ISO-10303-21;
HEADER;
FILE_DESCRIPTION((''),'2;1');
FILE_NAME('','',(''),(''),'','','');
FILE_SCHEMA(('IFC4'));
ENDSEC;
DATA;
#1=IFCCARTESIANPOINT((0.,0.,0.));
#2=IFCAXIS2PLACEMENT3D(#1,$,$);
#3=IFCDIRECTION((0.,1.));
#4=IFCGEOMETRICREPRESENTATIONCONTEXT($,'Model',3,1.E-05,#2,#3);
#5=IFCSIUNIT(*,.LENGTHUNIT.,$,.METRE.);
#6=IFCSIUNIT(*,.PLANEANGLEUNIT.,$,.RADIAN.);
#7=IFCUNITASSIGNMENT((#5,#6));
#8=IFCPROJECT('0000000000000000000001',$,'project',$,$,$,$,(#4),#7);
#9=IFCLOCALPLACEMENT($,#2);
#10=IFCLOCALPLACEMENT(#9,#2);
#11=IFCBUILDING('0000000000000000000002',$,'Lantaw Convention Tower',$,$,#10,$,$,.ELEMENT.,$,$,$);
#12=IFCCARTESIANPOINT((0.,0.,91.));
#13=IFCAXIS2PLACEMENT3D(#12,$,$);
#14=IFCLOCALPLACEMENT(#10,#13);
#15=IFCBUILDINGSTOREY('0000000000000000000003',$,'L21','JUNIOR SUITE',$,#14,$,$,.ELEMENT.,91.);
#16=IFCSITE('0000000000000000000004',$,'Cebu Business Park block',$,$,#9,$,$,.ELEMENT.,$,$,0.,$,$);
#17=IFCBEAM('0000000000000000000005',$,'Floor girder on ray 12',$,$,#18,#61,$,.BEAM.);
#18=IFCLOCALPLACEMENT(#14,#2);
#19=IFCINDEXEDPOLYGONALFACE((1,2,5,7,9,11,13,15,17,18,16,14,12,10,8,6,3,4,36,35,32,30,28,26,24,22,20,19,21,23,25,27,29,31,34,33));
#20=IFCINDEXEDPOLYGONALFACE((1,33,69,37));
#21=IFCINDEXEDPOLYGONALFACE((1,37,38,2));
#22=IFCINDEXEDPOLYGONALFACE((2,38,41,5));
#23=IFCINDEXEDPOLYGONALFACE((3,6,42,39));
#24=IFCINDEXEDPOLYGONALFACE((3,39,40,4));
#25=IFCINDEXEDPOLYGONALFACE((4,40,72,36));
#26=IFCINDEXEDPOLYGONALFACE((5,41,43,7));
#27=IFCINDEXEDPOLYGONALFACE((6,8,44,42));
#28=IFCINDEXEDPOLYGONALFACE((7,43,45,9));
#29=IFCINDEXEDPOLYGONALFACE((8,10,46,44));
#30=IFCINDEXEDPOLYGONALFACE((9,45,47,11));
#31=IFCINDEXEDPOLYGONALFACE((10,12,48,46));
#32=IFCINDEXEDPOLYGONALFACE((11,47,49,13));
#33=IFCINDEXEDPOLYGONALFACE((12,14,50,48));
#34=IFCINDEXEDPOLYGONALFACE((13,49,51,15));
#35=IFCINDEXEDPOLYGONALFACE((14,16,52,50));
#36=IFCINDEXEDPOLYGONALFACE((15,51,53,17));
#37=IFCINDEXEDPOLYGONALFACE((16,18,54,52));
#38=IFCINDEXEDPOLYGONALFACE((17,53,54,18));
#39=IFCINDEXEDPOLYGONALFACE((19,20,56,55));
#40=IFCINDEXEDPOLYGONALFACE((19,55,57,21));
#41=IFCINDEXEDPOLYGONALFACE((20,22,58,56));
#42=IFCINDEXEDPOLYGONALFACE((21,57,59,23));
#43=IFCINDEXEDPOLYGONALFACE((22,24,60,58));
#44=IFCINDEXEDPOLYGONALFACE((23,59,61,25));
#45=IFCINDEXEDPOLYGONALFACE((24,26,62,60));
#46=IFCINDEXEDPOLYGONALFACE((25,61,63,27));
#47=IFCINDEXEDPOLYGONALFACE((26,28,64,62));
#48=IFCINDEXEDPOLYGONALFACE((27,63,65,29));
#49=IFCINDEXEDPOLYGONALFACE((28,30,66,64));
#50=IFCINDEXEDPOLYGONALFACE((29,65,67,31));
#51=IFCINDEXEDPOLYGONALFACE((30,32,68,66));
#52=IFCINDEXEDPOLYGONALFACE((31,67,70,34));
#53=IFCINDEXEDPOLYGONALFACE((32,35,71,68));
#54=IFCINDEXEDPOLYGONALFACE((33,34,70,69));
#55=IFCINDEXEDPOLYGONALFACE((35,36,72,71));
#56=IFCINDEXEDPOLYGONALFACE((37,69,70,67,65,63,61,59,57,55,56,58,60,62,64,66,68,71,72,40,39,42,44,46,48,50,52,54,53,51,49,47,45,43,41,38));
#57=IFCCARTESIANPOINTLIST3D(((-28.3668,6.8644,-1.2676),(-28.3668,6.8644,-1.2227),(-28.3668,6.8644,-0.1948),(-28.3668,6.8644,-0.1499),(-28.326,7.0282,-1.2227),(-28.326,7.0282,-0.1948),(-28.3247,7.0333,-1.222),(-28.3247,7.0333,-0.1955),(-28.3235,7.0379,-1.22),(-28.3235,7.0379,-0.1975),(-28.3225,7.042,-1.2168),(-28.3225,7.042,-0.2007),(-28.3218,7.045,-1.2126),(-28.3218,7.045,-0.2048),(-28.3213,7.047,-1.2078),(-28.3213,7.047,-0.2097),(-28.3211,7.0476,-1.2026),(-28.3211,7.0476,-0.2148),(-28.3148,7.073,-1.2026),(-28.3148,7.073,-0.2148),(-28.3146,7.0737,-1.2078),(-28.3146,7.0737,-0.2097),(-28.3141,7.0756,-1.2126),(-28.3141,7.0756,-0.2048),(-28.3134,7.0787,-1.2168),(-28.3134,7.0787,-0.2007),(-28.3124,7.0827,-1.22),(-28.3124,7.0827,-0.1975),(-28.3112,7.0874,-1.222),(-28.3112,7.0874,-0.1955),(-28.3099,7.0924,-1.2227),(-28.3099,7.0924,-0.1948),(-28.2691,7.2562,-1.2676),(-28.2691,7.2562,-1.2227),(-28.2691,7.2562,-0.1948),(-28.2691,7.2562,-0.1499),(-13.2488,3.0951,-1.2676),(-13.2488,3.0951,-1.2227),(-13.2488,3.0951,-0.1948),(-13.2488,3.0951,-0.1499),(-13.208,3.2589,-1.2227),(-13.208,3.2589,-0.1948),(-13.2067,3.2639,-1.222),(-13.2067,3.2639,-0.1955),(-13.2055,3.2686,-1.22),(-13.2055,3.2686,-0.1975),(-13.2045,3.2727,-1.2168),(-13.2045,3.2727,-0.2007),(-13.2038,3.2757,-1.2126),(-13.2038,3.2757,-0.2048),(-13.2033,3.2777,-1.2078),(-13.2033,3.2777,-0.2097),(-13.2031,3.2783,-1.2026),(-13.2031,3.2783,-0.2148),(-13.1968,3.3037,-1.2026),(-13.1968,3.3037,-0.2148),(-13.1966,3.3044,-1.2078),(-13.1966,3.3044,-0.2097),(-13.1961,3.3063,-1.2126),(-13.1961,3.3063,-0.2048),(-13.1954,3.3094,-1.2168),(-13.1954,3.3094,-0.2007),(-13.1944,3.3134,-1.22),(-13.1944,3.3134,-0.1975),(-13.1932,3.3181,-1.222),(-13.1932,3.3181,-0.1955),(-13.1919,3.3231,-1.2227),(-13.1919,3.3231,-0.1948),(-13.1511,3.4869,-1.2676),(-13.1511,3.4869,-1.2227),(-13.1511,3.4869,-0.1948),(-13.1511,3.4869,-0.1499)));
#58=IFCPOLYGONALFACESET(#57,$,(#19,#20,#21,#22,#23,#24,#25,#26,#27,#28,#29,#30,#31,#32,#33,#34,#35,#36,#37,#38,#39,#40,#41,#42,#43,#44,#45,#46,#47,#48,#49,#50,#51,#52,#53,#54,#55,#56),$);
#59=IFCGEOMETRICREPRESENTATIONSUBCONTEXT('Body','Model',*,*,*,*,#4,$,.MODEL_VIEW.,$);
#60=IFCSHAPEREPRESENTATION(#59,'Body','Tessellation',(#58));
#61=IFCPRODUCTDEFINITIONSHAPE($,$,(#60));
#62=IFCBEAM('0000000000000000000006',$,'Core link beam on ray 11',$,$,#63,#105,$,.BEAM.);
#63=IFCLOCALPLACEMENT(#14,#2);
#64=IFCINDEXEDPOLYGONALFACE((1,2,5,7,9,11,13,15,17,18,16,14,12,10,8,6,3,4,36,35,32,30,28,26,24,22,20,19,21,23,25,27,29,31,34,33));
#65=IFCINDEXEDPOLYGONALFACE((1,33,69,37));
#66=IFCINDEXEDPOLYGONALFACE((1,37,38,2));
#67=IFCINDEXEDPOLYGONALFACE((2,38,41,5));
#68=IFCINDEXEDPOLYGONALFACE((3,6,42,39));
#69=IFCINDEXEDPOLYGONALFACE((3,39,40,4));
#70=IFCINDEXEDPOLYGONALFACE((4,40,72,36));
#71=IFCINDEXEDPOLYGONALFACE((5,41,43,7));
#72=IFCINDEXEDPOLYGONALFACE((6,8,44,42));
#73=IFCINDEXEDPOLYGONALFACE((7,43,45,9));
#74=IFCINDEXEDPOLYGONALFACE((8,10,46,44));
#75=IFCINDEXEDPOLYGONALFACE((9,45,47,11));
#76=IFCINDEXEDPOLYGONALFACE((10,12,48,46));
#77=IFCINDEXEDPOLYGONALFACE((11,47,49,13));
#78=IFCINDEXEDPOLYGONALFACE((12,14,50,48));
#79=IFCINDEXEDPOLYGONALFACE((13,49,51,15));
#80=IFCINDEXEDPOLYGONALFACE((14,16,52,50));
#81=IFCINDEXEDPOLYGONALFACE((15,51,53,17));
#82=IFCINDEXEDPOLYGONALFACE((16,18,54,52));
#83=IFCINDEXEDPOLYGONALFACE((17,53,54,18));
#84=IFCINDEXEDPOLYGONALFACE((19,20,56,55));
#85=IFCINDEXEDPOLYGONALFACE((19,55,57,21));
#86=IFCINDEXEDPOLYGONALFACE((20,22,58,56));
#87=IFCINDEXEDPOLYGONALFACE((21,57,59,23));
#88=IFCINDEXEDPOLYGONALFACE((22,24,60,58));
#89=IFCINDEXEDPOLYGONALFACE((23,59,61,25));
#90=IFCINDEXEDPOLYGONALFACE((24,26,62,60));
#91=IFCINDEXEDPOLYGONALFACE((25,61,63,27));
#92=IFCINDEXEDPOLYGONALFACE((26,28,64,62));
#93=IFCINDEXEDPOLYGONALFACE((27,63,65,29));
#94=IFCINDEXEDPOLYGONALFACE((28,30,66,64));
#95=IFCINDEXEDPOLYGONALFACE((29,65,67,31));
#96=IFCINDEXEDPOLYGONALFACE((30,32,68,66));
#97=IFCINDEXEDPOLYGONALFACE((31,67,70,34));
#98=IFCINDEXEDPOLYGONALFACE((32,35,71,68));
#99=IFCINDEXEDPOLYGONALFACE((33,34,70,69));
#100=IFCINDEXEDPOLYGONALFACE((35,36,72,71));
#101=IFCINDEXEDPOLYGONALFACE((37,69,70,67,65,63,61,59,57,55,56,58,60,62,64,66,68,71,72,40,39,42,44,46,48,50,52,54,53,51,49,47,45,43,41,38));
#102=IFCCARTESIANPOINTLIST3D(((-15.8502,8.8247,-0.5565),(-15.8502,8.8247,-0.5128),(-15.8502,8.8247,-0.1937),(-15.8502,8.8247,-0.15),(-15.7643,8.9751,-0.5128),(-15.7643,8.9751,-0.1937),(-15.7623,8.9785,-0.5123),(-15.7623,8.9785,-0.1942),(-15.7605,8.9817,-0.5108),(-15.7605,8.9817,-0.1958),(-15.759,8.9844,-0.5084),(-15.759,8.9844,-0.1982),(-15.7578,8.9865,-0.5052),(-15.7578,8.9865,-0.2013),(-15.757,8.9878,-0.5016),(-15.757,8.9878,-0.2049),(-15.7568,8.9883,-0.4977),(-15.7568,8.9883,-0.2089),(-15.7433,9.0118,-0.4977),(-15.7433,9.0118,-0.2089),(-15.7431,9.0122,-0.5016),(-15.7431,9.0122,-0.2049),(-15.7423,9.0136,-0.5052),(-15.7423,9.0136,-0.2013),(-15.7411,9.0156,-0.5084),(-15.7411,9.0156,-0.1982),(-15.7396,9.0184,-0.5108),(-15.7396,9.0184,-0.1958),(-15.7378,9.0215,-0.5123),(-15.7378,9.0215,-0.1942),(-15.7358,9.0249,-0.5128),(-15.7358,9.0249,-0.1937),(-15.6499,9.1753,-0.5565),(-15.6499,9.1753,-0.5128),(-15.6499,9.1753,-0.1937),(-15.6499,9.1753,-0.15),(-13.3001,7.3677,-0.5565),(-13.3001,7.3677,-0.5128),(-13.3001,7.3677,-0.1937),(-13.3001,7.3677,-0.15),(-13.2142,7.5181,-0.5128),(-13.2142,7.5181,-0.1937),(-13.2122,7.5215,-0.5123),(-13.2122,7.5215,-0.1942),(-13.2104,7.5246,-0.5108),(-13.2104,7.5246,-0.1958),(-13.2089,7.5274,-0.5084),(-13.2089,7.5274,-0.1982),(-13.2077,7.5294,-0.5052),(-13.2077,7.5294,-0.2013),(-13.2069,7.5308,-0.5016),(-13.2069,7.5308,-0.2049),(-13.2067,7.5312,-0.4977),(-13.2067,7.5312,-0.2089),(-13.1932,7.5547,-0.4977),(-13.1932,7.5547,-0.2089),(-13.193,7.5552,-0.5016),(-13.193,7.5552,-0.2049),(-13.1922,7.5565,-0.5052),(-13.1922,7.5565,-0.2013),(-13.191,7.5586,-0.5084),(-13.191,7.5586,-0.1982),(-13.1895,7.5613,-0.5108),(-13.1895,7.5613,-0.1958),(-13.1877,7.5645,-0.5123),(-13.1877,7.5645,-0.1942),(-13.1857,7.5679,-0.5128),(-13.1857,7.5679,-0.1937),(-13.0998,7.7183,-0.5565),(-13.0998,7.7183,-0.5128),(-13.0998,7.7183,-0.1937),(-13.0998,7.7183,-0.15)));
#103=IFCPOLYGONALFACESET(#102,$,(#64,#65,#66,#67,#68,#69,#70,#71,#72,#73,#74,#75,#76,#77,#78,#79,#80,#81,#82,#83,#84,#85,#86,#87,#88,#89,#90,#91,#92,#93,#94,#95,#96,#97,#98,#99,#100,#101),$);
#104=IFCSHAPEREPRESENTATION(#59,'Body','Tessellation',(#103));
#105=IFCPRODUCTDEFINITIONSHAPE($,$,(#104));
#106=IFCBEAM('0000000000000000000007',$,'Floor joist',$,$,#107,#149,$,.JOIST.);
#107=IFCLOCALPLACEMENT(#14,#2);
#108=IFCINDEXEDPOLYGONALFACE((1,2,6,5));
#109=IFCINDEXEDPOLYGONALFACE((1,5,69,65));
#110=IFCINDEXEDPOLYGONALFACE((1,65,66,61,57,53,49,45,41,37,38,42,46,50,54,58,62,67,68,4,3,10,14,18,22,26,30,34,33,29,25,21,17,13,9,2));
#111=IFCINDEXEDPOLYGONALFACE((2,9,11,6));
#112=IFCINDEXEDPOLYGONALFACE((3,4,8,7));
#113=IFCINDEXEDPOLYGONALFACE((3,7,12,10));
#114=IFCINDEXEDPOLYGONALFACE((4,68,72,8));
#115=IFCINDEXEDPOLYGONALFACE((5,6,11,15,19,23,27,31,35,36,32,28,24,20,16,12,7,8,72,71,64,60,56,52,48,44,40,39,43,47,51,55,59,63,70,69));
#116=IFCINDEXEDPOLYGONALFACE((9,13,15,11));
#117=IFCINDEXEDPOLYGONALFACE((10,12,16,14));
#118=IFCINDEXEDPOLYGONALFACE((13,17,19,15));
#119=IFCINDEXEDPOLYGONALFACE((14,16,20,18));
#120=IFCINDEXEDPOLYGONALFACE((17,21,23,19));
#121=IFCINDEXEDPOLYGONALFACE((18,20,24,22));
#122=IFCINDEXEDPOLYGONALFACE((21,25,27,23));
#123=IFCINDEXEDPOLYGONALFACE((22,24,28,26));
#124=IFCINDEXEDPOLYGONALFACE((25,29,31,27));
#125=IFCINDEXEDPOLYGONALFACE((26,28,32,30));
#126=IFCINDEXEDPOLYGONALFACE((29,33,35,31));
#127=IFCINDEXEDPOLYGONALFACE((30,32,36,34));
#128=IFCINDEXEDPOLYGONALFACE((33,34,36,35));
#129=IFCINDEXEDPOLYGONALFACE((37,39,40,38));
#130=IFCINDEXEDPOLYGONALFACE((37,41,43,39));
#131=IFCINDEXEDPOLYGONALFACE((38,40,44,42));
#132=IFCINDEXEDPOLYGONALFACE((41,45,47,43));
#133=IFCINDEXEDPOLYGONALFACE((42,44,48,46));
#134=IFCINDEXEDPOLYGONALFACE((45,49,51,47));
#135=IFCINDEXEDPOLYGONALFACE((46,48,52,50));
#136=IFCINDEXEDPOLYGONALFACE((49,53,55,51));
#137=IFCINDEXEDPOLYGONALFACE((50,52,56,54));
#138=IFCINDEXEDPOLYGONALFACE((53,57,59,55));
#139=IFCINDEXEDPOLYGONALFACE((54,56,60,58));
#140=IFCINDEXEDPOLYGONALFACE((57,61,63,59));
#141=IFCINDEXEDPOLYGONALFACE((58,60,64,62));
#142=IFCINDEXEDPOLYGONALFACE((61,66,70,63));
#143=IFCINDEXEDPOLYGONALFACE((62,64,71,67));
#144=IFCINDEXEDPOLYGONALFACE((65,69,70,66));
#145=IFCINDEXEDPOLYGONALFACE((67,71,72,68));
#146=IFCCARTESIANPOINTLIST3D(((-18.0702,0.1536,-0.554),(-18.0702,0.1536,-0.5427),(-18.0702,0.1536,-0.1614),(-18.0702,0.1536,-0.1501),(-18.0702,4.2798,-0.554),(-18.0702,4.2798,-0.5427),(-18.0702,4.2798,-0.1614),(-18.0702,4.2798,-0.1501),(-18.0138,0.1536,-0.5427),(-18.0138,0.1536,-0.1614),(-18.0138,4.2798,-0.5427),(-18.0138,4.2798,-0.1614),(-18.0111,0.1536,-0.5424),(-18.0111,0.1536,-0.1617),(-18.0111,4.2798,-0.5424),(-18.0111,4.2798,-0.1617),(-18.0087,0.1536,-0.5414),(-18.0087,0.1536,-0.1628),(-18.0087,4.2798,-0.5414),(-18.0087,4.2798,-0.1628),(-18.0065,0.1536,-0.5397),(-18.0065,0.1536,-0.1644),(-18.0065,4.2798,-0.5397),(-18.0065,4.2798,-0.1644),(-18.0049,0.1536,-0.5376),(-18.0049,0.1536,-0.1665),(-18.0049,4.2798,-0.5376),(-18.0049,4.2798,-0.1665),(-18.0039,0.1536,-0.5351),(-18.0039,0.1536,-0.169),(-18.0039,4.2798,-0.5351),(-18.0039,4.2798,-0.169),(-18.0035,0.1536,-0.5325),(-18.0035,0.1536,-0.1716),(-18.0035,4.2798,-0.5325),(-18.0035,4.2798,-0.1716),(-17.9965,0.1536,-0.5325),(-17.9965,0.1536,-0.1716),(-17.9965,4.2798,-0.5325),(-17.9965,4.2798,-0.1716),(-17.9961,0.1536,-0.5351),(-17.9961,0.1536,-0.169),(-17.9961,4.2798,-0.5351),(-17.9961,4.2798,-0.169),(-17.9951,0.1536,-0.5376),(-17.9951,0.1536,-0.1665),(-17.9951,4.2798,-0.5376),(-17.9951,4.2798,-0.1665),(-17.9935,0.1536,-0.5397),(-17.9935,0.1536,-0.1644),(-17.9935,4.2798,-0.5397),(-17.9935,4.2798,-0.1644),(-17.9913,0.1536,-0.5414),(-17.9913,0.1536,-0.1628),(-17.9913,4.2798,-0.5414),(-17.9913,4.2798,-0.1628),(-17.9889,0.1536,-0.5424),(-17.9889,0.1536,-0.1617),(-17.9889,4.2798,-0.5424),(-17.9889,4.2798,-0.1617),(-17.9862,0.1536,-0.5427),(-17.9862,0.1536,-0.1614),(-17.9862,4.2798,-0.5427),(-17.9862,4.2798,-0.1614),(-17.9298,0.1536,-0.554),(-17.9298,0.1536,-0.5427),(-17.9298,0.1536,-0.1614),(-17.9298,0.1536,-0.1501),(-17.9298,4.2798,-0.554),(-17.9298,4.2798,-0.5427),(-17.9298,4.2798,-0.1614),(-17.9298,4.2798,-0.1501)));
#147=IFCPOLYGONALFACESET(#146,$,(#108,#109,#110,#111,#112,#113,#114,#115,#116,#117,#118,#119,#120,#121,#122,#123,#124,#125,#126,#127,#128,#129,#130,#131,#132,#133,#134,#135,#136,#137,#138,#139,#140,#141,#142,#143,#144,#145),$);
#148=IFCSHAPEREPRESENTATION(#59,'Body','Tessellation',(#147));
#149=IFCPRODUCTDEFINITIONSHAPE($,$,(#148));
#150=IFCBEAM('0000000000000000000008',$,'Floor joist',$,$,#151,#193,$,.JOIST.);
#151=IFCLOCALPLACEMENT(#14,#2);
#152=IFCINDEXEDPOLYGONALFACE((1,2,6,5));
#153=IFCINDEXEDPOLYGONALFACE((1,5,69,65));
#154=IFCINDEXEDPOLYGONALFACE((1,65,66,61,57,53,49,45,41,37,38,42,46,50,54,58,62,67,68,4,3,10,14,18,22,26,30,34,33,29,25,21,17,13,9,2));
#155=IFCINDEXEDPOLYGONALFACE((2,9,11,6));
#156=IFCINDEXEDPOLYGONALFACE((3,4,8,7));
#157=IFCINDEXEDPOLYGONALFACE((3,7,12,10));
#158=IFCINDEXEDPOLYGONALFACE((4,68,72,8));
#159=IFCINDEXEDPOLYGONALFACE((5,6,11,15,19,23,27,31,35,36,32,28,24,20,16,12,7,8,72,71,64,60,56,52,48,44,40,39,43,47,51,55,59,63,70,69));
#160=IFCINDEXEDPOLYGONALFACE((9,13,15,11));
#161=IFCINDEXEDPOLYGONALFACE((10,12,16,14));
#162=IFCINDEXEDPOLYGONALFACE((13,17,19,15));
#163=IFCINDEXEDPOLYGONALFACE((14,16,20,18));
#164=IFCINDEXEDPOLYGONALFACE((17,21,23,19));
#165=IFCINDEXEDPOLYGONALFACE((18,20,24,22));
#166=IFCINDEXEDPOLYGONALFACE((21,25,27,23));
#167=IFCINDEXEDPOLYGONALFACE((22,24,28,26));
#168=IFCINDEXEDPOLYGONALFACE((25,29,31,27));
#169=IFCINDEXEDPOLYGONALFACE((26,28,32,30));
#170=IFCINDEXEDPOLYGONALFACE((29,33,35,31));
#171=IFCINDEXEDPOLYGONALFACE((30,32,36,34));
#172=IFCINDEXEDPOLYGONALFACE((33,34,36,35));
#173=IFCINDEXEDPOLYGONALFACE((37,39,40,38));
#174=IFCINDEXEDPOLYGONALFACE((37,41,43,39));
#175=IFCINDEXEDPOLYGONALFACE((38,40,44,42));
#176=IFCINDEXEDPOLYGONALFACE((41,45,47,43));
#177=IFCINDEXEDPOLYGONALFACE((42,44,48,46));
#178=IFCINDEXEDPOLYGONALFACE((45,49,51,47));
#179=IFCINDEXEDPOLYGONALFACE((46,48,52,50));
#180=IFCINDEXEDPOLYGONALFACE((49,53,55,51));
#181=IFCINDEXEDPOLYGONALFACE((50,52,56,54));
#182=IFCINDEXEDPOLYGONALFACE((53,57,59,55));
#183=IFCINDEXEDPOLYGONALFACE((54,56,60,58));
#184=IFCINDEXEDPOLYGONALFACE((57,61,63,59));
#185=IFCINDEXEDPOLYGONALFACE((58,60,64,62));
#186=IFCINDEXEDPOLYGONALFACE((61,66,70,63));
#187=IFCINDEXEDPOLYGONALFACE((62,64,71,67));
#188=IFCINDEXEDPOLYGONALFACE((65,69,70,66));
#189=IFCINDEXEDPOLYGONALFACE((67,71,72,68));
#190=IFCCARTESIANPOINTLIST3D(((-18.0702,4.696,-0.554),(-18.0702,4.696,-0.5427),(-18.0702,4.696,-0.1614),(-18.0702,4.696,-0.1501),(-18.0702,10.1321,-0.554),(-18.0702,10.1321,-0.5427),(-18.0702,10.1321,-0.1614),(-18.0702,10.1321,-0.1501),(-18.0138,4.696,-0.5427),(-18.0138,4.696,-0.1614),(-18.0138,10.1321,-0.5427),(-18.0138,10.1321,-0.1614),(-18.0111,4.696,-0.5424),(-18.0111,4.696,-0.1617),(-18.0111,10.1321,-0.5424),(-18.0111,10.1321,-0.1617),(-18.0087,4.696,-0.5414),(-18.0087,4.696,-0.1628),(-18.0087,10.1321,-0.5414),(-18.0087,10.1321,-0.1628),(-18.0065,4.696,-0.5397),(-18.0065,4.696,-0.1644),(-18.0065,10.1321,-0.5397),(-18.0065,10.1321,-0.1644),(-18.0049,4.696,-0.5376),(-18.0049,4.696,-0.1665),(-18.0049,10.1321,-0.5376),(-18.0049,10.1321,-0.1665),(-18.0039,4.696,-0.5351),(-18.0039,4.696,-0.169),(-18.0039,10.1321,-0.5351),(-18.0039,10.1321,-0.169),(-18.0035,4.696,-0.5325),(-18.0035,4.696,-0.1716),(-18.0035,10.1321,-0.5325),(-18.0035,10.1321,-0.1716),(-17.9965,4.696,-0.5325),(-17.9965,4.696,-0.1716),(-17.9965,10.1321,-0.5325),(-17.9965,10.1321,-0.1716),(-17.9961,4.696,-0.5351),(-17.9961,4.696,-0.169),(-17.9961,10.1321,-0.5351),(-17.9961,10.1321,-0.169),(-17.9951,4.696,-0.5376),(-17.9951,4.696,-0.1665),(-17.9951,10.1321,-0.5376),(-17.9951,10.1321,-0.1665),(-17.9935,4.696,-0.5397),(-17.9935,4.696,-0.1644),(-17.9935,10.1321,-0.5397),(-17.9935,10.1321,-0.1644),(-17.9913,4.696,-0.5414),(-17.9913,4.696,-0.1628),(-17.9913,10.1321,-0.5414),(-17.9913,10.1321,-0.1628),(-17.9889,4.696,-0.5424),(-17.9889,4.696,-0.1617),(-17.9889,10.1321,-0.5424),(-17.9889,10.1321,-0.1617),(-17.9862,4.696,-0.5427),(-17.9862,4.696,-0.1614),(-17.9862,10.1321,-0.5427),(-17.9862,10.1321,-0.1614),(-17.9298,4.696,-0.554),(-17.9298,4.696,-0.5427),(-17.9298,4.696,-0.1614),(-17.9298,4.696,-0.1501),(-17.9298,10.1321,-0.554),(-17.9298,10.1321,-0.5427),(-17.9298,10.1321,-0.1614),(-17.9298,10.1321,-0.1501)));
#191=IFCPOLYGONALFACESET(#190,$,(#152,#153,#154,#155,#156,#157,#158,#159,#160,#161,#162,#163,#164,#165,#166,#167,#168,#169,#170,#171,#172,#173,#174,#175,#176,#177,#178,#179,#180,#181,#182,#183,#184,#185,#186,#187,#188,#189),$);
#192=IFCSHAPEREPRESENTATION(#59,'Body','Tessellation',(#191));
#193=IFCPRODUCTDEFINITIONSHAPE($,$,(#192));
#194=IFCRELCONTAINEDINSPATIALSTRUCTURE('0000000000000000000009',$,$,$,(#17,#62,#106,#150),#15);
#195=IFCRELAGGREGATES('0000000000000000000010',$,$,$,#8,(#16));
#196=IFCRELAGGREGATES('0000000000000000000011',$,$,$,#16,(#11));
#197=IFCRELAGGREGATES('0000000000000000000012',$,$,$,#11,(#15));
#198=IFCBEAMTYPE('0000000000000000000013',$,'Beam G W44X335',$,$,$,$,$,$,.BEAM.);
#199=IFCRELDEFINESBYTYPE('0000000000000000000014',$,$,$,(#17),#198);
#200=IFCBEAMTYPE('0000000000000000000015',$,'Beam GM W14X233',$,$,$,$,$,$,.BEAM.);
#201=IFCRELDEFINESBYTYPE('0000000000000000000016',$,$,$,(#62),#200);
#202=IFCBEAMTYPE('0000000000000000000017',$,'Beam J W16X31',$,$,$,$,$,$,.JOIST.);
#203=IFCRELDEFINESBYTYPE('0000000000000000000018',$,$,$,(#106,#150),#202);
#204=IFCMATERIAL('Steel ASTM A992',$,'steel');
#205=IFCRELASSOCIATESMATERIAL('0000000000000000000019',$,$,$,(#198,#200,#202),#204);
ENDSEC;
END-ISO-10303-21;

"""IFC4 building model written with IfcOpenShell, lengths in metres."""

from ifc_helpers import new_model, si_unit, direction, frame, origin, origin_2d, place, context, subcontext, project, spatial, i_section, extrude, material, material_profile, profile_set, type_object, element, save


model = new_model("IFC4")

# Units and contexts
model_context = context("Model", 3, precision=1e-05, world=origin(), true_north=direction((0.0, 1.0)))
body_context = subcontext(model_context, "Body", "Model", "MODEL_VIEW")
ifc_project = project(units=[si_unit("LENGTHUNIT", "METRE"), si_unit("PLANEANGLEUNIT", "RADIAN")], contexts=[model_context])

# Site, building, storey
site_placement = place(None, origin())
site = spatial("IfcSite", under=ifc_project, at=site_placement, Name="Cebu Business Park block", CompositionType="ELEMENT", RefElevation=0.0)
building_placement = place(site_placement, origin())
building = spatial("IfcBuilding", under=site, at=building_placement, Name="Lantaw Convention Tower", CompositionType="ELEMENT")
storey_placement = place(building_placement, frame((0.0, 0.0, 91.0)))
storey = spatial("IfcBuildingStorey", under=building, at=storey_placement, Name="L21", Description="JUNIOR SUITE", CompositionType="ELEMENT", Elevation=91.0)

# Beams
ifc_material_1 = material(Name="Steel ASTM A992", Category="steel")
ifc_material_profile_1 = material_profile(ifc_material_1, i_section(OverallWidth=0.4038, OverallDepth=1.1177, WebThickness=0.0261, FlangeThickness=0.0449, FilletRadius=0.02, at=origin_2d()), Name="W44X335")
ifc_profile_set_1 = profile_set([ifc_material_profile_1], Name="Steel ASTM A992")
beam_type_1 = type_object("IfcBeamType", Name="Beam G W44X335", PredefinedType="BEAM", material=ifc_profile_set_1)
beam_1_placement = place(storey_placement, frame((-13.2, 3.291, -0.7087), z_axis=(-0.970296, 0.24192, 0.0), x_axis=(-0.24192, -0.970296, 0.0)))
element("IfcBeam", 1, at=beam_1_placement, inside=storey, type_object=beam_type_1, Name="Floor girder on ray 12", PredefinedType="BEAM", context=body_context, shape_type="SweptSolid", body=[
    extrude(i_section(OverallWidth=0.4038, OverallDepth=1.1177, WebThickness=0.0261, FlangeThickness=0.0449, FilletRadius=0.02, at=origin_2d()), origin(), (0.0, 0.0, 1.0), 15.5808),
])
ifc_material_profile_2 = material_profile(ifc_material_1, i_section(OverallWidth=0.4038, OverallDepth=0.4065, WebThickness=0.0271, FlangeThickness=0.0437, FilletRadius=0.0151, at=origin_2d()), Name="W14X233")
ifc_profile_set_2 = profile_set([ifc_material_profile_2], Name="Steel ASTM A992")
beam_type_2 = type_object("IfcBeamType", Name="Beam GM W14X233", PredefinedType="BEAM", material=ifc_profile_set_2)
beam_2_placement = place(storey_placement, frame((-13.2, 7.543, -0.3533), z_axis=(-0.868264, 0.496103, 0.0), x_axis=(-0.496103, -0.868264, 0.0)))
element("IfcBeam", 2, at=beam_2_placement, inside=storey, type_object=beam_type_2, Name="Core link beam on ray 11", PredefinedType="BEAM", context=body_context, shape_type="SweptSolid", body=[
    extrude(i_section(OverallWidth=0.4038, OverallDepth=0.4065, WebThickness=0.0271, FlangeThickness=0.0437, FilletRadius=0.0151, at=origin_2d()), origin(), (0.0, 0.0, 1.0), 2.937),
])
ifc_material_profile_3 = material_profile(ifc_material_1, i_section(OverallWidth=0.1404, OverallDepth=0.4038, WebThickness=0.0071, FlangeThickness=0.0112, FilletRadius=0.0103, at=origin_2d()), Name="W16X31")
ifc_profile_set_3 = profile_set([ifc_material_profile_3], Name="Steel ASTM A992")
beam_type_3 = type_object("IfcBeamType", Name="Beam J W16X31", PredefinedType="JOIST", material=ifc_profile_set_3)
beam_3_placement = place(storey_placement, frame((-18.0, 0.1536, -0.3521), z_axis=(0.0, 1.0, 0.0), x_axis=(-1.0, 0.0, 0.0)))
element("IfcBeam", 3, at=beam_3_placement, inside=storey, type_object=beam_type_3, Name="Floor joist", PredefinedType="JOIST", context=body_context, shape_type="SweptSolid", body=[
    extrude(i_section(OverallWidth=0.1404, OverallDepth=0.4038, WebThickness=0.0071, FlangeThickness=0.0112, FilletRadius=0.0103, at=origin_2d()), origin(), (0.0, 0.0, 1.0), 4.1262),
])
beam_4_placement = place(storey_placement, frame((-18.0, 4.696, -0.3521), z_axis=(0.0, 1.0, 0.0), x_axis=(-1.0, 0.0, 0.0)))
element("IfcBeam", 4, at=beam_4_placement, inside=storey, type_object=beam_type_3, Name="Floor joist", PredefinedType="JOIST", context=body_context, shape_type="SweptSolid", body=[
    extrude(i_section(OverallWidth=0.1404, OverallDepth=0.4038, WebThickness=0.0071, FlangeThickness=0.0112, FilletRadius=0.0103, at=origin_2d()), origin(), (0.0, 0.0, 1.0), 5.436),
])

save(model, "model.ifc")
